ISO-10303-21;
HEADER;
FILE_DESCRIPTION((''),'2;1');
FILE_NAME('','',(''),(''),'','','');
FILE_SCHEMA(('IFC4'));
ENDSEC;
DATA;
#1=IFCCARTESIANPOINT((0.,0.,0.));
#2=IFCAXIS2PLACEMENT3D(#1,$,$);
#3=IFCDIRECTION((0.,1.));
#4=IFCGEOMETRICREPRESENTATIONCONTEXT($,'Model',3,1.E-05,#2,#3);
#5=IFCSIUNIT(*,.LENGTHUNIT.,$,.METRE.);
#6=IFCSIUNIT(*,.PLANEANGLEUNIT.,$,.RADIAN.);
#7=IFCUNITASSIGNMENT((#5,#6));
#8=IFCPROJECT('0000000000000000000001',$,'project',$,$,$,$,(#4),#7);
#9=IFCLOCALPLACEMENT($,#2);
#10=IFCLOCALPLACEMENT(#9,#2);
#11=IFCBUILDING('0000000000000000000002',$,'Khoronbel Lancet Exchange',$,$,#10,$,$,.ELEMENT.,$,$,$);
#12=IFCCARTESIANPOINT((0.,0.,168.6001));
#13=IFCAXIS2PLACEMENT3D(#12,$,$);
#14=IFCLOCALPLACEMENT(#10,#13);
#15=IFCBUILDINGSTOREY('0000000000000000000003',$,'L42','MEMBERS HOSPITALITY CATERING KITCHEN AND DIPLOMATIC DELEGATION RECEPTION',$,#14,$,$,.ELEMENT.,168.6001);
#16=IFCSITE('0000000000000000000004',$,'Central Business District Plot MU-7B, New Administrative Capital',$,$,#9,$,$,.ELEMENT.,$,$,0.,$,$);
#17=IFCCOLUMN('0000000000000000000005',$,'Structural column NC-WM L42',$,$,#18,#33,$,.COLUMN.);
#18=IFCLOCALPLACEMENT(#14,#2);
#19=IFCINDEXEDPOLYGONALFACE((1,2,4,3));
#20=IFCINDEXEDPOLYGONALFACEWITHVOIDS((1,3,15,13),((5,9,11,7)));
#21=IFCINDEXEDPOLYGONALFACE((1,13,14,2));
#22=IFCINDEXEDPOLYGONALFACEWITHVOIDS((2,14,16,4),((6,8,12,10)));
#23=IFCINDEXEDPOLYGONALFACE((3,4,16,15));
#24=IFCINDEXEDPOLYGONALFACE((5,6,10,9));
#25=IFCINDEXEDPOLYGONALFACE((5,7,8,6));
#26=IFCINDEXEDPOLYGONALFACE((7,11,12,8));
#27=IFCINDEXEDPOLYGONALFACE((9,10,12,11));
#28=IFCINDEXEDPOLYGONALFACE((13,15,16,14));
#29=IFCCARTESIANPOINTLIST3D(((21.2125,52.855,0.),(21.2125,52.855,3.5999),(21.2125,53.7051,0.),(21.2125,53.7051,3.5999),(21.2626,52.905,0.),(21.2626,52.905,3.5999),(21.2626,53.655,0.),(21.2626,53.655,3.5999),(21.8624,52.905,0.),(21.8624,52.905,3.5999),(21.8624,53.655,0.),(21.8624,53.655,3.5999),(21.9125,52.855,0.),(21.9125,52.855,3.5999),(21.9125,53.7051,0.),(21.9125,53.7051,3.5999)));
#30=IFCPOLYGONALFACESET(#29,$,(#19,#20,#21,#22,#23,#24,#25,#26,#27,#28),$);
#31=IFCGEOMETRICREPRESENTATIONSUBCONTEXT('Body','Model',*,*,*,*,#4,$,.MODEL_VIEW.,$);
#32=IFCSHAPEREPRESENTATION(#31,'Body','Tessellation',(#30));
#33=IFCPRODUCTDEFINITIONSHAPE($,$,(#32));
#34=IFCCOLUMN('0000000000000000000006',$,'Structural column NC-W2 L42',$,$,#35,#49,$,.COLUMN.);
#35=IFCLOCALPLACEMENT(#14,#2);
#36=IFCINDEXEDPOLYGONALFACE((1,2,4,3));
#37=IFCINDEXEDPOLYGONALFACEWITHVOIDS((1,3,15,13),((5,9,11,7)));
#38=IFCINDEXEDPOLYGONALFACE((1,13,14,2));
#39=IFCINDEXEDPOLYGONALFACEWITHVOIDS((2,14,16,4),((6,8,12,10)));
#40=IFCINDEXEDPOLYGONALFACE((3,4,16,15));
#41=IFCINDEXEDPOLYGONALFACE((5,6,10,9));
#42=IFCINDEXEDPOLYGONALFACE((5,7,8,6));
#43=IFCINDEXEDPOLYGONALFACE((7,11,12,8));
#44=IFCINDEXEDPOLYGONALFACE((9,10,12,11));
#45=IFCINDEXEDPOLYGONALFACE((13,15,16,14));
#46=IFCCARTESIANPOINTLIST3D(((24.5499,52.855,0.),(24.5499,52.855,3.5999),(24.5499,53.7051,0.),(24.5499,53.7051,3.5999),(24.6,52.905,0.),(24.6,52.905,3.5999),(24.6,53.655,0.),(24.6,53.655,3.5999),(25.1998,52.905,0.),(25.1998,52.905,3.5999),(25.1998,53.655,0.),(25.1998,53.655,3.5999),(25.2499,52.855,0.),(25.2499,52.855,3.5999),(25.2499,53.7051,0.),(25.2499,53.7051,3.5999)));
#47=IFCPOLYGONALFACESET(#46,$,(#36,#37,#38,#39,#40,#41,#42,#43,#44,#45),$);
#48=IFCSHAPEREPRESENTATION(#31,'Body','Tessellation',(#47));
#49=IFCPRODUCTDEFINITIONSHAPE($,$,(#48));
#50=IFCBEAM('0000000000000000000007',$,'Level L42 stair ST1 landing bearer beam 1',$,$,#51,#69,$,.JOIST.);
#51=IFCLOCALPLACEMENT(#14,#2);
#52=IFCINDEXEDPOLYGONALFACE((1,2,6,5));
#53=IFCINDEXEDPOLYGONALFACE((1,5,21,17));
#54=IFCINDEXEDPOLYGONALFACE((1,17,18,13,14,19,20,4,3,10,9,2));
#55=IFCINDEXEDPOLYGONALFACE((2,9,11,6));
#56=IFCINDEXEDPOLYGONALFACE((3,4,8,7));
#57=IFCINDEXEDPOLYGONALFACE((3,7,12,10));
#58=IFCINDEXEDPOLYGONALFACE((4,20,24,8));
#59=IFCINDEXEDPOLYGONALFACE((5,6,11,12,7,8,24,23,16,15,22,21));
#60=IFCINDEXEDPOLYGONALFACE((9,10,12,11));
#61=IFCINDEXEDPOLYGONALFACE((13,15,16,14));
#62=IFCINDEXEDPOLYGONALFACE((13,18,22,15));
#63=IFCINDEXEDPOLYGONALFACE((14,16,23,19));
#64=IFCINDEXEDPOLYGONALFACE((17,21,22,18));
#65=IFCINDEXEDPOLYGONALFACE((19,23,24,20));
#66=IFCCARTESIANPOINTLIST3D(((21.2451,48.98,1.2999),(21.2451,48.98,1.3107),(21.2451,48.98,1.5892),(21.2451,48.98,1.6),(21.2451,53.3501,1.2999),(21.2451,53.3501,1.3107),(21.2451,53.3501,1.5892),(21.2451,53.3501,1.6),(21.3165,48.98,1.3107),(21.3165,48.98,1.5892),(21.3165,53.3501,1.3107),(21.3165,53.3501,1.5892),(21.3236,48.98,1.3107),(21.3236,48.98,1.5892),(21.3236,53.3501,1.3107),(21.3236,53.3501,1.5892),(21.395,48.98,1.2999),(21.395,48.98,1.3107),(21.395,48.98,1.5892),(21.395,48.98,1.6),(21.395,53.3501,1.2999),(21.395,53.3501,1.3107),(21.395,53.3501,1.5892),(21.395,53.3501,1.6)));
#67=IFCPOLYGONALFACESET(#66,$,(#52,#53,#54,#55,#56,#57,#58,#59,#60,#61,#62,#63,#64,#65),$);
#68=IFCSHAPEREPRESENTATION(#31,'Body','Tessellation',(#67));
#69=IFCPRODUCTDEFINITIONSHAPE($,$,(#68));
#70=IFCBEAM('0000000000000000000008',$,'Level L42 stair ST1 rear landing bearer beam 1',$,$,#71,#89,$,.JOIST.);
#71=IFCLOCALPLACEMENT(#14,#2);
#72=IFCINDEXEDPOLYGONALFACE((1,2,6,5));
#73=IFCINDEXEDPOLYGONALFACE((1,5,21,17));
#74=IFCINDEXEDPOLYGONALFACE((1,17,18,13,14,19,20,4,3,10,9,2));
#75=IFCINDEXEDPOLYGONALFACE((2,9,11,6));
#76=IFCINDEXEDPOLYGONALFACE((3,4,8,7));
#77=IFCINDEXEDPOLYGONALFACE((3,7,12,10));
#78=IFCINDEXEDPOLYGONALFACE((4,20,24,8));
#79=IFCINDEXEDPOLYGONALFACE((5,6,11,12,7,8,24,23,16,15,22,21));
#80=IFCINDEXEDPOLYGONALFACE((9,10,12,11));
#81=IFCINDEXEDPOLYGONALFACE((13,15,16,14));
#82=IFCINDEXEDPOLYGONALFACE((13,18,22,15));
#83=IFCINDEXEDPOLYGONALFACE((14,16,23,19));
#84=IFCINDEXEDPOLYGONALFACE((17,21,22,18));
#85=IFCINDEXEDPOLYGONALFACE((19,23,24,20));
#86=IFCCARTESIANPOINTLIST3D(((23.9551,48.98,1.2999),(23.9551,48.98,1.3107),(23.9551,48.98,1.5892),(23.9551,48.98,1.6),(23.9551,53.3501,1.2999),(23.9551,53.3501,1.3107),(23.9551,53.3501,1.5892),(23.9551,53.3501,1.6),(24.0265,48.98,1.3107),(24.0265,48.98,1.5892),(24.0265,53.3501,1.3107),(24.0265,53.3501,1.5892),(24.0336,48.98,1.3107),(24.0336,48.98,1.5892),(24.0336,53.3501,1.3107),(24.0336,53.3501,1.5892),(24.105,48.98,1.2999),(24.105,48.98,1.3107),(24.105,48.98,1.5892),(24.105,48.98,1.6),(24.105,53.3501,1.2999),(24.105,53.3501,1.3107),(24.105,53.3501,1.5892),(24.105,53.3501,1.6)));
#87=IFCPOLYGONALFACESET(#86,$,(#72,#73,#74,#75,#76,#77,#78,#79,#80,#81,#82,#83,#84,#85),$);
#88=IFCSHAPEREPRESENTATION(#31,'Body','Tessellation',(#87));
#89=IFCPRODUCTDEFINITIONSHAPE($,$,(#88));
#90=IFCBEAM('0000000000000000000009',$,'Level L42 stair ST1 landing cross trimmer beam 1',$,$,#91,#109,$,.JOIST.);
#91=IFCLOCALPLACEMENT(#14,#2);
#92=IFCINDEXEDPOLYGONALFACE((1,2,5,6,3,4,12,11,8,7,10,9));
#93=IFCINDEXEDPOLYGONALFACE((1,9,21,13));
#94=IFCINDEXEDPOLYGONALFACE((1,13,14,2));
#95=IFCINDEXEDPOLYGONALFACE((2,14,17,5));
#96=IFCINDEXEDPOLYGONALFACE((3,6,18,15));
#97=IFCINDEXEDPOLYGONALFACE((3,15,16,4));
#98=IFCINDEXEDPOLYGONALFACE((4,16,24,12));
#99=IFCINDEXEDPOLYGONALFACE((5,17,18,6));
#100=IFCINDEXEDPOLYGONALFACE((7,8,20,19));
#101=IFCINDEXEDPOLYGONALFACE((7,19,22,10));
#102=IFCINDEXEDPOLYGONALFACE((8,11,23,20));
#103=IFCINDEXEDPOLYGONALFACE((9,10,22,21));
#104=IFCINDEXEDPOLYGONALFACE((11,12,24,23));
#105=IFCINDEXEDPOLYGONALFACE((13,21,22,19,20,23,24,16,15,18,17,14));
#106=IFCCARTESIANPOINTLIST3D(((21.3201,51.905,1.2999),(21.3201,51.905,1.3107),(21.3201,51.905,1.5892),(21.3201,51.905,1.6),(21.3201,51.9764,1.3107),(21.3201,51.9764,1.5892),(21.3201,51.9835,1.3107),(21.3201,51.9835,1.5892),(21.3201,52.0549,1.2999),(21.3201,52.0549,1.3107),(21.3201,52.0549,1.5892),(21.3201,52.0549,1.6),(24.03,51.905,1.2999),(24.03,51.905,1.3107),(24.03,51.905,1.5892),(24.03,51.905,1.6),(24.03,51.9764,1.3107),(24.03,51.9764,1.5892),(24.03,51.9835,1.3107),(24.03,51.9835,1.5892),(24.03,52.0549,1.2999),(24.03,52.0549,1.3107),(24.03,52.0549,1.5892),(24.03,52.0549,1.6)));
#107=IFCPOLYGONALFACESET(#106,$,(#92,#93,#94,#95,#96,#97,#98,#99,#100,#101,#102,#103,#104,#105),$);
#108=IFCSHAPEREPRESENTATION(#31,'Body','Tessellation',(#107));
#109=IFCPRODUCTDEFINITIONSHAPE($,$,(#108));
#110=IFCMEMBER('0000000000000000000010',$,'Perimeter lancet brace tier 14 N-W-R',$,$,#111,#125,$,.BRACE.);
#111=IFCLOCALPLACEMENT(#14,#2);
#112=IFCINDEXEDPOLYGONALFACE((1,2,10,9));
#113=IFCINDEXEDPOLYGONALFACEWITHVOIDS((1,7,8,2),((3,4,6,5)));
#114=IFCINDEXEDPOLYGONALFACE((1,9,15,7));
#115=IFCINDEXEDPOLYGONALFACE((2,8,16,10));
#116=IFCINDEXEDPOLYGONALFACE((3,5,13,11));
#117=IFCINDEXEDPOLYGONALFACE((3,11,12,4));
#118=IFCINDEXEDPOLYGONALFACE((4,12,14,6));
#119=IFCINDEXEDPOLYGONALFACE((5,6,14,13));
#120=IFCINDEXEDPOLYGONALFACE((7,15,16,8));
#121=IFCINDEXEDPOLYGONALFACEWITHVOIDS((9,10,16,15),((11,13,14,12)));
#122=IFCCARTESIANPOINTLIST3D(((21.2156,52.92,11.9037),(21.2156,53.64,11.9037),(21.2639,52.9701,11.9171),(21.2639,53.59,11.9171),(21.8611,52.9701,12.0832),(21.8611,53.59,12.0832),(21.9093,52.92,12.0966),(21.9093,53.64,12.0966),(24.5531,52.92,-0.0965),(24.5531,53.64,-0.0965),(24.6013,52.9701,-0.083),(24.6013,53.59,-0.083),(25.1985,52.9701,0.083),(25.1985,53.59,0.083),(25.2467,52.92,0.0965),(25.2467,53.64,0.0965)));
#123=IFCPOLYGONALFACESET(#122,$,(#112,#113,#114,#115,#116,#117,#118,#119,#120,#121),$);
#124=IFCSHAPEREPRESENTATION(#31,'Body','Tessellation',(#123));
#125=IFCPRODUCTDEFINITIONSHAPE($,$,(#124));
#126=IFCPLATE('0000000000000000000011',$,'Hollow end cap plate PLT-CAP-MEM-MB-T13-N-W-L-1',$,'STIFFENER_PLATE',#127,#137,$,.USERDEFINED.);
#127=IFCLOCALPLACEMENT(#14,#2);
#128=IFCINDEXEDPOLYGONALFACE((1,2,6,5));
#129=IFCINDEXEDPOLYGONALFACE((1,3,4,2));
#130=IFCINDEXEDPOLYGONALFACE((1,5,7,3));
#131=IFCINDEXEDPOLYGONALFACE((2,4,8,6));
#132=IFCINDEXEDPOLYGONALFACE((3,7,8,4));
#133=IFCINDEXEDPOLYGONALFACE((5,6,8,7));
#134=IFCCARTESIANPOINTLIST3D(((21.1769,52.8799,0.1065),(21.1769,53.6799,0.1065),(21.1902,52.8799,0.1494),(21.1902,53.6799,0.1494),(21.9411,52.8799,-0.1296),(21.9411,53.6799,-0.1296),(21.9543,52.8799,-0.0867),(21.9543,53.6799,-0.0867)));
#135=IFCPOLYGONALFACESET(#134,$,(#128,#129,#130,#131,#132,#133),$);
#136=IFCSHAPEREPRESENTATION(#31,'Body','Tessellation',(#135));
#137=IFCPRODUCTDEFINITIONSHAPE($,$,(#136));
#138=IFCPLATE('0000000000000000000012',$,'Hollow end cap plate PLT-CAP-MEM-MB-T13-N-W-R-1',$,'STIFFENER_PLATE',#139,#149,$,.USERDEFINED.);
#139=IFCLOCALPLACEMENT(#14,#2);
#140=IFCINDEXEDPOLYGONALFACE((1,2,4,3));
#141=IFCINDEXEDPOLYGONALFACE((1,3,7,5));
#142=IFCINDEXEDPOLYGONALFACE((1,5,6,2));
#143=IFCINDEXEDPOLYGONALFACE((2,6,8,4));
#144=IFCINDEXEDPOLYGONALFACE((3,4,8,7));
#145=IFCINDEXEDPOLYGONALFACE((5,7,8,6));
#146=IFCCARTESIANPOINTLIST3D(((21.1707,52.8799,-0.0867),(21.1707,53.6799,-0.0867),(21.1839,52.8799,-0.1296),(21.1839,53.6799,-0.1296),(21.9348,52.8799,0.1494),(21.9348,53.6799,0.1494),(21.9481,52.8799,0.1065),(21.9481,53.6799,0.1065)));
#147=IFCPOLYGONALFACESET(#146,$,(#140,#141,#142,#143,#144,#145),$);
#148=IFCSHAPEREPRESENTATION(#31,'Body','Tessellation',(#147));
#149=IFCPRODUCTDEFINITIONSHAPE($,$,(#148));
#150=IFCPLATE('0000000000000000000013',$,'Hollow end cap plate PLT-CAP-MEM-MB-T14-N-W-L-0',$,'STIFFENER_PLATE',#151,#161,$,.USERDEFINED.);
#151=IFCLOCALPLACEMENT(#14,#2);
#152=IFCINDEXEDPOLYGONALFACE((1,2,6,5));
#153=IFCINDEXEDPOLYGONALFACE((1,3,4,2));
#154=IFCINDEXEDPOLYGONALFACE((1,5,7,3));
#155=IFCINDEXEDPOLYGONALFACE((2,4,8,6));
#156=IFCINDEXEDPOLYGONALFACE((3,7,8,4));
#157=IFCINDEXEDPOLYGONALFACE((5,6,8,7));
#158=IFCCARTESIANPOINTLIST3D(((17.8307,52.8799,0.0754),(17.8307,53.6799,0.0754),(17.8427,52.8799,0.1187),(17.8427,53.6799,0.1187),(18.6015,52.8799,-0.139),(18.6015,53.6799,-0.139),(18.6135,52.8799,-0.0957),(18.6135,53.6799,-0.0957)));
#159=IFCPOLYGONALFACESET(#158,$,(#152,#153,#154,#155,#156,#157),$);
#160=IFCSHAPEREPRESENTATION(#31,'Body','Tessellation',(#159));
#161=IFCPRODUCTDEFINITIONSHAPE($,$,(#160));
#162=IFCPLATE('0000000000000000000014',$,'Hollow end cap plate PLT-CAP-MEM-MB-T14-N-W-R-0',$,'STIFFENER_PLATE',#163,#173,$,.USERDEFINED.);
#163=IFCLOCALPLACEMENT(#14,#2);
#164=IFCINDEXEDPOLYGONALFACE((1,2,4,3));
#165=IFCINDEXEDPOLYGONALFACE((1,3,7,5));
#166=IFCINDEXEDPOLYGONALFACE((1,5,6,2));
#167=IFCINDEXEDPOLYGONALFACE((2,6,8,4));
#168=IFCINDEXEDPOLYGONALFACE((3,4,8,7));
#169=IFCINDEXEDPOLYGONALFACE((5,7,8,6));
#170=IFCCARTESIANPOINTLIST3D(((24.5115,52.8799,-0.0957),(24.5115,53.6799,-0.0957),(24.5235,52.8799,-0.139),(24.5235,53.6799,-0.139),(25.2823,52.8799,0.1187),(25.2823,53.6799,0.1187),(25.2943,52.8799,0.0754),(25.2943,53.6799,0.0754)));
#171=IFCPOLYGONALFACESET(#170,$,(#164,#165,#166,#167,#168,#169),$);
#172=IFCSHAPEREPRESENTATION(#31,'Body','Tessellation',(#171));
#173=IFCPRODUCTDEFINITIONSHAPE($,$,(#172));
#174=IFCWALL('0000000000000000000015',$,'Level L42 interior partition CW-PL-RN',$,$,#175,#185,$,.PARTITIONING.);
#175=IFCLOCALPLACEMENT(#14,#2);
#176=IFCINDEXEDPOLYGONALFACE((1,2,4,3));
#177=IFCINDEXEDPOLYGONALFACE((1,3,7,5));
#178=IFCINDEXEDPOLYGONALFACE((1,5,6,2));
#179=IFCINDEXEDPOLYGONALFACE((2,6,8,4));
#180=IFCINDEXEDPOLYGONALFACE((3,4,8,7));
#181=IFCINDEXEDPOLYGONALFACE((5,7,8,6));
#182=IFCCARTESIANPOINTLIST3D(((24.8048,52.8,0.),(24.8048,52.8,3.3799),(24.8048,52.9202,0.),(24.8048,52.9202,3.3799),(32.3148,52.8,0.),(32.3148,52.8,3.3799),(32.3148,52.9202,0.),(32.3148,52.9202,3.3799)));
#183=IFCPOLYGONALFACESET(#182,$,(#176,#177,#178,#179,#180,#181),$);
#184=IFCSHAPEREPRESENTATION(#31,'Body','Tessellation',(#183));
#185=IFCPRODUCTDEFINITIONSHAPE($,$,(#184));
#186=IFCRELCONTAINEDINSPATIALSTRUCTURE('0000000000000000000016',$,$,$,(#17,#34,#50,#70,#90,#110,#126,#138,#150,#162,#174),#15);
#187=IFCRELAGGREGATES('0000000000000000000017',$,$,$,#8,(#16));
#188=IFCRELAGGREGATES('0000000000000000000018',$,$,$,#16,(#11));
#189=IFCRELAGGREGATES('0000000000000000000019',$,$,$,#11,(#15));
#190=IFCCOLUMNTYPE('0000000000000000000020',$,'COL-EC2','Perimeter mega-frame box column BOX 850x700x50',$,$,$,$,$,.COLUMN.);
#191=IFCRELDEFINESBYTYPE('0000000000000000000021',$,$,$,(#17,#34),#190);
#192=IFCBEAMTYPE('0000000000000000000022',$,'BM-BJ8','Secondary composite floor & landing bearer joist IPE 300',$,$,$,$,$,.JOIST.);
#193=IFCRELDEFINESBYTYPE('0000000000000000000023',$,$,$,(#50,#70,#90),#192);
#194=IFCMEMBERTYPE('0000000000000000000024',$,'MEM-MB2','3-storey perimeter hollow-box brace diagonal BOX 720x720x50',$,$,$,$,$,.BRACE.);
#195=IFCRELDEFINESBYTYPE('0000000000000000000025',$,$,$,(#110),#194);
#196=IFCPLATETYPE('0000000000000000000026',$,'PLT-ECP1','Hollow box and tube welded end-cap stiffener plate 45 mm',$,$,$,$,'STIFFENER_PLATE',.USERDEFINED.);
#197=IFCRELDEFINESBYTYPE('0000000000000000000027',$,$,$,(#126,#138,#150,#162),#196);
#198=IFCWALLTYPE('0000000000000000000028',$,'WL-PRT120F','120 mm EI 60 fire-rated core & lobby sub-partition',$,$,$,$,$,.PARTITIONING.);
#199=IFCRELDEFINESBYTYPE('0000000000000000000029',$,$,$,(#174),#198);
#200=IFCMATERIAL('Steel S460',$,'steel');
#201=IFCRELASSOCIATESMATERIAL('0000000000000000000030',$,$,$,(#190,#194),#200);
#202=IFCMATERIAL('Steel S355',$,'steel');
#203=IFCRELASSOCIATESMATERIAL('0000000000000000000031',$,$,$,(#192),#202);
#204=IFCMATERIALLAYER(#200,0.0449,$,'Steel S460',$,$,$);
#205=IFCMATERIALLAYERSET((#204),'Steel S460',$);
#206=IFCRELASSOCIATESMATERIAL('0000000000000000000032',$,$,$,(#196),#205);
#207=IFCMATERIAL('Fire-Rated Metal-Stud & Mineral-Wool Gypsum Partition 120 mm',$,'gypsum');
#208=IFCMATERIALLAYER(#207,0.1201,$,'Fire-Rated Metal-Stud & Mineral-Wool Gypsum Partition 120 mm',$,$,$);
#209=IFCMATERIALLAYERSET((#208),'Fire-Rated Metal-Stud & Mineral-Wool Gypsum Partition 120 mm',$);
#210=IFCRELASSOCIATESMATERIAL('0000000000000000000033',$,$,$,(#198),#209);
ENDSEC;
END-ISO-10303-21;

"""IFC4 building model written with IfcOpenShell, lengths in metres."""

from ifc_helpers import new_model, si_unit, direction, frame, frame_2d, origin, origin_2d, place, context, subcontext, project, spatial, polyline, rectangle, hollow_rectangle, i_section, outline, extrude, material, layer, layer_set, material_profile, profile_set, type_object, element, save


model = new_model("IFC4")

# Units and contexts
model_context = context("Model", 3, precision=1e-05, world=origin(), true_north=direction((0.0, 1.0)))
body_context = subcontext(model_context, "Body", "Model", "MODEL_VIEW")
ifc_project = project(units=[si_unit("LENGTHUNIT", "METRE"), si_unit("PLANEANGLEUNIT", "RADIAN")], contexts=[model_context])

# Site, building, storey
site_placement = place(None, origin())
site = spatial("IfcSite", under=ifc_project, at=site_placement, Name="Central Business District Plot MU-7B, New Administrative Capital", CompositionType="ELEMENT", RefElevation=0.0)
building_placement = place(site_placement, origin())
building = spatial("IfcBuilding", under=site, at=building_placement, Name="Khoronbel Lancet Exchange", CompositionType="ELEMENT")
storey_placement = place(building_placement, frame((0.0, 0.0, 168.6001)))
storey = spatial("IfcBuildingStorey", under=building, at=storey_placement, Name="L42", Description="MEMBERS HOSPITALITY CATERING KITCHEN AND DIPLOMATIC DELEGATION RECEPTION", CompositionType="ELEMENT", Elevation=168.6001)

# Columns
ifc_material_1 = material(Name="Steel S460", Category="steel")
ifc_material_profile_1 = material_profile(ifc_material_1, hollow_rectangle(XDim=0.7, YDim=0.8501, WallThickness=0.05, at=origin_2d()), Name="BOX 850x700x50")
ifc_profile_set_1 = profile_set([ifc_material_profile_1], Name="Steel S460")
column_type = type_object("IfcColumnType", Name="COL-EC2", Description="Perimeter mega-frame box column BOX 850x700x50", PredefinedType="COLUMN", material=ifc_profile_set_1)
for number, where, z_axis, x_axis, name in (
    (1, (21.5625, 53.28, 0.0), (0.0, 0.0, 1.0), (1.0, 0.0, 0.0), "Structural column NC-WM L42"),
    (2, (24.8999, 53.28, 0.0), (0.0, 0.0, 1.0), (1.0, 0.0, 0.0), "Structural column NC-W2 L42"),
):
    element("IfcColumn", number, at=place(storey_placement, frame(where, z_axis=z_axis, x_axis=x_axis)), inside=storey, type_object=column_type, Name=name, PredefinedType="COLUMN", context=body_context, shape_type="SweptSolid", body=[
        extrude(hollow_rectangle(XDim=0.7, YDim=0.8501, WallThickness=0.05, at=origin_2d()), origin(), (0.0, 0.0, 1.0), 3.5999),
    ])

# Beams
ifc_material_2 = material(Name="Steel S355", Category="steel")
ifc_material_profile_2 = material_profile(ifc_material_2, i_section(OverallWidth=0.1499, OverallDepth=0.3, WebThickness=0.0071, FlangeThickness=0.0107, at=origin_2d()), Name="IPE 300")
ifc_profile_set_2 = profile_set([ifc_material_profile_2], Name="Steel S355")
beam_type = type_object("IfcBeamType", Name="BM-BJ8", Description="Secondary composite floor & landing bearer joist IPE 300", PredefinedType="JOIST", material=ifc_profile_set_2)
for number, where, z_axis, x_axis, name in (
    (3, (21.3201, 48.98, 1.45), (0.0, 1.0, 0.0), (-1.0, 0.0, 0.0), "Level L42 stair ST1 landing bearer beam 1"),
    (4, (24.03, 48.98, 1.45), (0.0, 1.0, 0.0), (-1.0, 0.0, 0.0), "Level L42 stair ST1 rear landing bearer beam 1"),
):
    element("IfcBeam", number, at=place(storey_placement, frame(where, z_axis=z_axis, x_axis=x_axis)), inside=storey, type_object=beam_type, Name=name, PredefinedType="JOIST", context=body_context, shape_type="SweptSolid", body=[
        extrude(i_section(OverallWidth=0.1499, OverallDepth=0.3, WebThickness=0.0071, FlangeThickness=0.0107, at=origin_2d()), origin(), (0.0, 0.0, 1.0), 4.3701),
    ])
beam_placement = place(storey_placement, frame((21.3201, 51.98, 1.45), z_axis=(1.0, 0.0, 0.0), x_axis=(0.0, 1.0, 0.0)))
element("IfcBeam", 5, at=beam_placement, inside=storey, type_object=beam_type, Name="Level L42 stair ST1 landing cross trimmer beam 1", PredefinedType="JOIST", context=body_context, shape_type="SweptSolid", body=[
    extrude(i_section(OverallWidth=0.1499, OverallDepth=0.3, WebThickness=0.0071, FlangeThickness=0.0107, at=origin_2d()), origin(), (0.0, 0.0, 1.0), 2.71),
])

# Member
ifc_material_profile_3 = material_profile(ifc_material_1, hollow_rectangle(XDim=0.72, YDim=0.72, WallThickness=0.05, at=origin_2d()), Name="BOX 720x720x50")
ifc_profile_set_3 = profile_set([ifc_material_profile_3], Name="Steel S460")
member_type = type_object("IfcMemberType", Name="MEM-MB2", Description="3-storey perimeter hollow-box brace diagonal BOX 720x720x50", PredefinedType="BRACE", material=ifc_profile_set_3)
member_placement = place(storey_placement, frame((24.8999, 53.28, 0.0), z_axis=(-0.267947, 0.0, 0.963434), x_axis=(0.0, -1.0, 0.0)))
element("IfcMember", 6, at=member_placement, inside=storey, type_object=member_type, Name="Perimeter lancet brace tier 14 N-W-R", PredefinedType="BRACE", context=body_context, shape_type="SweptSolid", body=[
    extrude(hollow_rectangle(XDim=0.72, YDim=0.72, WallThickness=0.05, at=origin_2d()), origin(), (0.0, 0.0, 1.0), 12.4556),
])

# Plates
ifc_layer_1 = layer(ifc_material_1, 0.0449, Name="Steel S460")
ifc_layer_set_1 = layer_set([ifc_layer_1], Name="Steel S460")
plate_type = type_object("IfcPlateType", Name="PLT-ECP1", Description="Hollow box and tube welded end-cap stiffener plate 45 mm", ElementType="STIFFENER_PLATE", PredefinedType="USERDEFINED", material=ifc_layer_set_1)
for number, where, z_axis, x_axis, name in (
    (7, (21.9543, 52.8799, -0.0867), (0.29518, 0.0, 0.955442), (0.0, 1.0, 0.0), "Hollow end cap plate PLT-CAP-MEM-MB-T13-N-W-L-1"),
    (8, (21.1707, 53.6799, -0.0867), (-0.29518, 0.0, 0.955442), (0.0, -1.0, 0.0), "Hollow end cap plate PLT-CAP-MEM-MB-T13-N-W-R-1"),
):
    element("IfcPlate", number, at=place(storey_placement, frame(where, z_axis=z_axis, x_axis=x_axis)), inside=storey, type_object=plate_type, Name=name, ObjectType="STIFFENER_PLATE", PredefinedType="USERDEFINED", context=body_context, shape_type="SweptSolid", body=[
        extrude(outline(polyline([(0.0, 0.0), (0.8, 0.0), (0.8, 0.7998), (0.0, 0.7998), (0.0, 0.0)])), origin(), (0.0, 0.0, -1.0), 0.0449),
    ])
for number, where, z_axis, x_axis, name in (
    (9, (18.6135, 52.8799, -0.0957), (0.267943, 0.0, 0.963435), (0.0, 1.0, 0.0), "Hollow end cap plate PLT-CAP-MEM-MB-T14-N-W-L-0"),
    (10, (24.5115, 53.6799, -0.0957), (-0.267943, 0.0, 0.963435), (0.0, -1.0, 0.0), "Hollow end cap plate PLT-CAP-MEM-MB-T14-N-W-R-0"),
):
    element("IfcPlate", number, at=place(storey_placement, frame(where, z_axis=z_axis, x_axis=x_axis)), inside=storey, type_object=plate_type, Name=name, ObjectType="STIFFENER_PLATE", PredefinedType="USERDEFINED", context=body_context, shape_type="SweptSolid", body=[
        extrude(outline(polyline([(0.0, 0.0), (0.8, 0.0), (0.8, 0.8), (0.0, 0.8), (0.0, 0.0)])), origin(), (0.0, 0.0, -1.0), 0.0449),
    ])

# Wall
ifc_material_3 = material(Name="Fire-Rated Metal-Stud & Mineral-Wool Gypsum Partition 120 mm", Category="gypsum")
ifc_layer_2 = layer(ifc_material_3, 0.1201, Name="Fire-Rated Metal-Stud & Mineral-Wool Gypsum Partition 120 mm")
ifc_layer_set_2 = layer_set([ifc_layer_2], Name="Fire-Rated Metal-Stud & Mineral-Wool Gypsum Partition 120 mm")
wall_type_1 = type_object("IfcWallType", Name="WL-PRT120F", Description="120 mm EI 60 fire-rated core & lobby sub-partition", PredefinedType="PARTITIONING", material=ifc_layer_set_2)
wall_1_placement = place(storey_placement, frame((24.8049, 52.8601, 0.0), z_axis=(0.0, 0.0, 1.0), x_axis=(1.0, 0.0, 0.0)))
element("IfcWall", 11, at=wall_1_placement, inside=storey, type_object=wall_type_1, Name="Level L42 interior partition CW-PL-RN", PredefinedType="PARTITIONING", context=body_context, shape_type="SweptSolid", body=[
    extrude(rectangle(XDim=7.51, YDim=0.1201, at=frame_2d((3.7549, 0.0))), origin(), (0.0, 0.0, 1.0), 3.3799),
])

save(model, "model.ifc")
